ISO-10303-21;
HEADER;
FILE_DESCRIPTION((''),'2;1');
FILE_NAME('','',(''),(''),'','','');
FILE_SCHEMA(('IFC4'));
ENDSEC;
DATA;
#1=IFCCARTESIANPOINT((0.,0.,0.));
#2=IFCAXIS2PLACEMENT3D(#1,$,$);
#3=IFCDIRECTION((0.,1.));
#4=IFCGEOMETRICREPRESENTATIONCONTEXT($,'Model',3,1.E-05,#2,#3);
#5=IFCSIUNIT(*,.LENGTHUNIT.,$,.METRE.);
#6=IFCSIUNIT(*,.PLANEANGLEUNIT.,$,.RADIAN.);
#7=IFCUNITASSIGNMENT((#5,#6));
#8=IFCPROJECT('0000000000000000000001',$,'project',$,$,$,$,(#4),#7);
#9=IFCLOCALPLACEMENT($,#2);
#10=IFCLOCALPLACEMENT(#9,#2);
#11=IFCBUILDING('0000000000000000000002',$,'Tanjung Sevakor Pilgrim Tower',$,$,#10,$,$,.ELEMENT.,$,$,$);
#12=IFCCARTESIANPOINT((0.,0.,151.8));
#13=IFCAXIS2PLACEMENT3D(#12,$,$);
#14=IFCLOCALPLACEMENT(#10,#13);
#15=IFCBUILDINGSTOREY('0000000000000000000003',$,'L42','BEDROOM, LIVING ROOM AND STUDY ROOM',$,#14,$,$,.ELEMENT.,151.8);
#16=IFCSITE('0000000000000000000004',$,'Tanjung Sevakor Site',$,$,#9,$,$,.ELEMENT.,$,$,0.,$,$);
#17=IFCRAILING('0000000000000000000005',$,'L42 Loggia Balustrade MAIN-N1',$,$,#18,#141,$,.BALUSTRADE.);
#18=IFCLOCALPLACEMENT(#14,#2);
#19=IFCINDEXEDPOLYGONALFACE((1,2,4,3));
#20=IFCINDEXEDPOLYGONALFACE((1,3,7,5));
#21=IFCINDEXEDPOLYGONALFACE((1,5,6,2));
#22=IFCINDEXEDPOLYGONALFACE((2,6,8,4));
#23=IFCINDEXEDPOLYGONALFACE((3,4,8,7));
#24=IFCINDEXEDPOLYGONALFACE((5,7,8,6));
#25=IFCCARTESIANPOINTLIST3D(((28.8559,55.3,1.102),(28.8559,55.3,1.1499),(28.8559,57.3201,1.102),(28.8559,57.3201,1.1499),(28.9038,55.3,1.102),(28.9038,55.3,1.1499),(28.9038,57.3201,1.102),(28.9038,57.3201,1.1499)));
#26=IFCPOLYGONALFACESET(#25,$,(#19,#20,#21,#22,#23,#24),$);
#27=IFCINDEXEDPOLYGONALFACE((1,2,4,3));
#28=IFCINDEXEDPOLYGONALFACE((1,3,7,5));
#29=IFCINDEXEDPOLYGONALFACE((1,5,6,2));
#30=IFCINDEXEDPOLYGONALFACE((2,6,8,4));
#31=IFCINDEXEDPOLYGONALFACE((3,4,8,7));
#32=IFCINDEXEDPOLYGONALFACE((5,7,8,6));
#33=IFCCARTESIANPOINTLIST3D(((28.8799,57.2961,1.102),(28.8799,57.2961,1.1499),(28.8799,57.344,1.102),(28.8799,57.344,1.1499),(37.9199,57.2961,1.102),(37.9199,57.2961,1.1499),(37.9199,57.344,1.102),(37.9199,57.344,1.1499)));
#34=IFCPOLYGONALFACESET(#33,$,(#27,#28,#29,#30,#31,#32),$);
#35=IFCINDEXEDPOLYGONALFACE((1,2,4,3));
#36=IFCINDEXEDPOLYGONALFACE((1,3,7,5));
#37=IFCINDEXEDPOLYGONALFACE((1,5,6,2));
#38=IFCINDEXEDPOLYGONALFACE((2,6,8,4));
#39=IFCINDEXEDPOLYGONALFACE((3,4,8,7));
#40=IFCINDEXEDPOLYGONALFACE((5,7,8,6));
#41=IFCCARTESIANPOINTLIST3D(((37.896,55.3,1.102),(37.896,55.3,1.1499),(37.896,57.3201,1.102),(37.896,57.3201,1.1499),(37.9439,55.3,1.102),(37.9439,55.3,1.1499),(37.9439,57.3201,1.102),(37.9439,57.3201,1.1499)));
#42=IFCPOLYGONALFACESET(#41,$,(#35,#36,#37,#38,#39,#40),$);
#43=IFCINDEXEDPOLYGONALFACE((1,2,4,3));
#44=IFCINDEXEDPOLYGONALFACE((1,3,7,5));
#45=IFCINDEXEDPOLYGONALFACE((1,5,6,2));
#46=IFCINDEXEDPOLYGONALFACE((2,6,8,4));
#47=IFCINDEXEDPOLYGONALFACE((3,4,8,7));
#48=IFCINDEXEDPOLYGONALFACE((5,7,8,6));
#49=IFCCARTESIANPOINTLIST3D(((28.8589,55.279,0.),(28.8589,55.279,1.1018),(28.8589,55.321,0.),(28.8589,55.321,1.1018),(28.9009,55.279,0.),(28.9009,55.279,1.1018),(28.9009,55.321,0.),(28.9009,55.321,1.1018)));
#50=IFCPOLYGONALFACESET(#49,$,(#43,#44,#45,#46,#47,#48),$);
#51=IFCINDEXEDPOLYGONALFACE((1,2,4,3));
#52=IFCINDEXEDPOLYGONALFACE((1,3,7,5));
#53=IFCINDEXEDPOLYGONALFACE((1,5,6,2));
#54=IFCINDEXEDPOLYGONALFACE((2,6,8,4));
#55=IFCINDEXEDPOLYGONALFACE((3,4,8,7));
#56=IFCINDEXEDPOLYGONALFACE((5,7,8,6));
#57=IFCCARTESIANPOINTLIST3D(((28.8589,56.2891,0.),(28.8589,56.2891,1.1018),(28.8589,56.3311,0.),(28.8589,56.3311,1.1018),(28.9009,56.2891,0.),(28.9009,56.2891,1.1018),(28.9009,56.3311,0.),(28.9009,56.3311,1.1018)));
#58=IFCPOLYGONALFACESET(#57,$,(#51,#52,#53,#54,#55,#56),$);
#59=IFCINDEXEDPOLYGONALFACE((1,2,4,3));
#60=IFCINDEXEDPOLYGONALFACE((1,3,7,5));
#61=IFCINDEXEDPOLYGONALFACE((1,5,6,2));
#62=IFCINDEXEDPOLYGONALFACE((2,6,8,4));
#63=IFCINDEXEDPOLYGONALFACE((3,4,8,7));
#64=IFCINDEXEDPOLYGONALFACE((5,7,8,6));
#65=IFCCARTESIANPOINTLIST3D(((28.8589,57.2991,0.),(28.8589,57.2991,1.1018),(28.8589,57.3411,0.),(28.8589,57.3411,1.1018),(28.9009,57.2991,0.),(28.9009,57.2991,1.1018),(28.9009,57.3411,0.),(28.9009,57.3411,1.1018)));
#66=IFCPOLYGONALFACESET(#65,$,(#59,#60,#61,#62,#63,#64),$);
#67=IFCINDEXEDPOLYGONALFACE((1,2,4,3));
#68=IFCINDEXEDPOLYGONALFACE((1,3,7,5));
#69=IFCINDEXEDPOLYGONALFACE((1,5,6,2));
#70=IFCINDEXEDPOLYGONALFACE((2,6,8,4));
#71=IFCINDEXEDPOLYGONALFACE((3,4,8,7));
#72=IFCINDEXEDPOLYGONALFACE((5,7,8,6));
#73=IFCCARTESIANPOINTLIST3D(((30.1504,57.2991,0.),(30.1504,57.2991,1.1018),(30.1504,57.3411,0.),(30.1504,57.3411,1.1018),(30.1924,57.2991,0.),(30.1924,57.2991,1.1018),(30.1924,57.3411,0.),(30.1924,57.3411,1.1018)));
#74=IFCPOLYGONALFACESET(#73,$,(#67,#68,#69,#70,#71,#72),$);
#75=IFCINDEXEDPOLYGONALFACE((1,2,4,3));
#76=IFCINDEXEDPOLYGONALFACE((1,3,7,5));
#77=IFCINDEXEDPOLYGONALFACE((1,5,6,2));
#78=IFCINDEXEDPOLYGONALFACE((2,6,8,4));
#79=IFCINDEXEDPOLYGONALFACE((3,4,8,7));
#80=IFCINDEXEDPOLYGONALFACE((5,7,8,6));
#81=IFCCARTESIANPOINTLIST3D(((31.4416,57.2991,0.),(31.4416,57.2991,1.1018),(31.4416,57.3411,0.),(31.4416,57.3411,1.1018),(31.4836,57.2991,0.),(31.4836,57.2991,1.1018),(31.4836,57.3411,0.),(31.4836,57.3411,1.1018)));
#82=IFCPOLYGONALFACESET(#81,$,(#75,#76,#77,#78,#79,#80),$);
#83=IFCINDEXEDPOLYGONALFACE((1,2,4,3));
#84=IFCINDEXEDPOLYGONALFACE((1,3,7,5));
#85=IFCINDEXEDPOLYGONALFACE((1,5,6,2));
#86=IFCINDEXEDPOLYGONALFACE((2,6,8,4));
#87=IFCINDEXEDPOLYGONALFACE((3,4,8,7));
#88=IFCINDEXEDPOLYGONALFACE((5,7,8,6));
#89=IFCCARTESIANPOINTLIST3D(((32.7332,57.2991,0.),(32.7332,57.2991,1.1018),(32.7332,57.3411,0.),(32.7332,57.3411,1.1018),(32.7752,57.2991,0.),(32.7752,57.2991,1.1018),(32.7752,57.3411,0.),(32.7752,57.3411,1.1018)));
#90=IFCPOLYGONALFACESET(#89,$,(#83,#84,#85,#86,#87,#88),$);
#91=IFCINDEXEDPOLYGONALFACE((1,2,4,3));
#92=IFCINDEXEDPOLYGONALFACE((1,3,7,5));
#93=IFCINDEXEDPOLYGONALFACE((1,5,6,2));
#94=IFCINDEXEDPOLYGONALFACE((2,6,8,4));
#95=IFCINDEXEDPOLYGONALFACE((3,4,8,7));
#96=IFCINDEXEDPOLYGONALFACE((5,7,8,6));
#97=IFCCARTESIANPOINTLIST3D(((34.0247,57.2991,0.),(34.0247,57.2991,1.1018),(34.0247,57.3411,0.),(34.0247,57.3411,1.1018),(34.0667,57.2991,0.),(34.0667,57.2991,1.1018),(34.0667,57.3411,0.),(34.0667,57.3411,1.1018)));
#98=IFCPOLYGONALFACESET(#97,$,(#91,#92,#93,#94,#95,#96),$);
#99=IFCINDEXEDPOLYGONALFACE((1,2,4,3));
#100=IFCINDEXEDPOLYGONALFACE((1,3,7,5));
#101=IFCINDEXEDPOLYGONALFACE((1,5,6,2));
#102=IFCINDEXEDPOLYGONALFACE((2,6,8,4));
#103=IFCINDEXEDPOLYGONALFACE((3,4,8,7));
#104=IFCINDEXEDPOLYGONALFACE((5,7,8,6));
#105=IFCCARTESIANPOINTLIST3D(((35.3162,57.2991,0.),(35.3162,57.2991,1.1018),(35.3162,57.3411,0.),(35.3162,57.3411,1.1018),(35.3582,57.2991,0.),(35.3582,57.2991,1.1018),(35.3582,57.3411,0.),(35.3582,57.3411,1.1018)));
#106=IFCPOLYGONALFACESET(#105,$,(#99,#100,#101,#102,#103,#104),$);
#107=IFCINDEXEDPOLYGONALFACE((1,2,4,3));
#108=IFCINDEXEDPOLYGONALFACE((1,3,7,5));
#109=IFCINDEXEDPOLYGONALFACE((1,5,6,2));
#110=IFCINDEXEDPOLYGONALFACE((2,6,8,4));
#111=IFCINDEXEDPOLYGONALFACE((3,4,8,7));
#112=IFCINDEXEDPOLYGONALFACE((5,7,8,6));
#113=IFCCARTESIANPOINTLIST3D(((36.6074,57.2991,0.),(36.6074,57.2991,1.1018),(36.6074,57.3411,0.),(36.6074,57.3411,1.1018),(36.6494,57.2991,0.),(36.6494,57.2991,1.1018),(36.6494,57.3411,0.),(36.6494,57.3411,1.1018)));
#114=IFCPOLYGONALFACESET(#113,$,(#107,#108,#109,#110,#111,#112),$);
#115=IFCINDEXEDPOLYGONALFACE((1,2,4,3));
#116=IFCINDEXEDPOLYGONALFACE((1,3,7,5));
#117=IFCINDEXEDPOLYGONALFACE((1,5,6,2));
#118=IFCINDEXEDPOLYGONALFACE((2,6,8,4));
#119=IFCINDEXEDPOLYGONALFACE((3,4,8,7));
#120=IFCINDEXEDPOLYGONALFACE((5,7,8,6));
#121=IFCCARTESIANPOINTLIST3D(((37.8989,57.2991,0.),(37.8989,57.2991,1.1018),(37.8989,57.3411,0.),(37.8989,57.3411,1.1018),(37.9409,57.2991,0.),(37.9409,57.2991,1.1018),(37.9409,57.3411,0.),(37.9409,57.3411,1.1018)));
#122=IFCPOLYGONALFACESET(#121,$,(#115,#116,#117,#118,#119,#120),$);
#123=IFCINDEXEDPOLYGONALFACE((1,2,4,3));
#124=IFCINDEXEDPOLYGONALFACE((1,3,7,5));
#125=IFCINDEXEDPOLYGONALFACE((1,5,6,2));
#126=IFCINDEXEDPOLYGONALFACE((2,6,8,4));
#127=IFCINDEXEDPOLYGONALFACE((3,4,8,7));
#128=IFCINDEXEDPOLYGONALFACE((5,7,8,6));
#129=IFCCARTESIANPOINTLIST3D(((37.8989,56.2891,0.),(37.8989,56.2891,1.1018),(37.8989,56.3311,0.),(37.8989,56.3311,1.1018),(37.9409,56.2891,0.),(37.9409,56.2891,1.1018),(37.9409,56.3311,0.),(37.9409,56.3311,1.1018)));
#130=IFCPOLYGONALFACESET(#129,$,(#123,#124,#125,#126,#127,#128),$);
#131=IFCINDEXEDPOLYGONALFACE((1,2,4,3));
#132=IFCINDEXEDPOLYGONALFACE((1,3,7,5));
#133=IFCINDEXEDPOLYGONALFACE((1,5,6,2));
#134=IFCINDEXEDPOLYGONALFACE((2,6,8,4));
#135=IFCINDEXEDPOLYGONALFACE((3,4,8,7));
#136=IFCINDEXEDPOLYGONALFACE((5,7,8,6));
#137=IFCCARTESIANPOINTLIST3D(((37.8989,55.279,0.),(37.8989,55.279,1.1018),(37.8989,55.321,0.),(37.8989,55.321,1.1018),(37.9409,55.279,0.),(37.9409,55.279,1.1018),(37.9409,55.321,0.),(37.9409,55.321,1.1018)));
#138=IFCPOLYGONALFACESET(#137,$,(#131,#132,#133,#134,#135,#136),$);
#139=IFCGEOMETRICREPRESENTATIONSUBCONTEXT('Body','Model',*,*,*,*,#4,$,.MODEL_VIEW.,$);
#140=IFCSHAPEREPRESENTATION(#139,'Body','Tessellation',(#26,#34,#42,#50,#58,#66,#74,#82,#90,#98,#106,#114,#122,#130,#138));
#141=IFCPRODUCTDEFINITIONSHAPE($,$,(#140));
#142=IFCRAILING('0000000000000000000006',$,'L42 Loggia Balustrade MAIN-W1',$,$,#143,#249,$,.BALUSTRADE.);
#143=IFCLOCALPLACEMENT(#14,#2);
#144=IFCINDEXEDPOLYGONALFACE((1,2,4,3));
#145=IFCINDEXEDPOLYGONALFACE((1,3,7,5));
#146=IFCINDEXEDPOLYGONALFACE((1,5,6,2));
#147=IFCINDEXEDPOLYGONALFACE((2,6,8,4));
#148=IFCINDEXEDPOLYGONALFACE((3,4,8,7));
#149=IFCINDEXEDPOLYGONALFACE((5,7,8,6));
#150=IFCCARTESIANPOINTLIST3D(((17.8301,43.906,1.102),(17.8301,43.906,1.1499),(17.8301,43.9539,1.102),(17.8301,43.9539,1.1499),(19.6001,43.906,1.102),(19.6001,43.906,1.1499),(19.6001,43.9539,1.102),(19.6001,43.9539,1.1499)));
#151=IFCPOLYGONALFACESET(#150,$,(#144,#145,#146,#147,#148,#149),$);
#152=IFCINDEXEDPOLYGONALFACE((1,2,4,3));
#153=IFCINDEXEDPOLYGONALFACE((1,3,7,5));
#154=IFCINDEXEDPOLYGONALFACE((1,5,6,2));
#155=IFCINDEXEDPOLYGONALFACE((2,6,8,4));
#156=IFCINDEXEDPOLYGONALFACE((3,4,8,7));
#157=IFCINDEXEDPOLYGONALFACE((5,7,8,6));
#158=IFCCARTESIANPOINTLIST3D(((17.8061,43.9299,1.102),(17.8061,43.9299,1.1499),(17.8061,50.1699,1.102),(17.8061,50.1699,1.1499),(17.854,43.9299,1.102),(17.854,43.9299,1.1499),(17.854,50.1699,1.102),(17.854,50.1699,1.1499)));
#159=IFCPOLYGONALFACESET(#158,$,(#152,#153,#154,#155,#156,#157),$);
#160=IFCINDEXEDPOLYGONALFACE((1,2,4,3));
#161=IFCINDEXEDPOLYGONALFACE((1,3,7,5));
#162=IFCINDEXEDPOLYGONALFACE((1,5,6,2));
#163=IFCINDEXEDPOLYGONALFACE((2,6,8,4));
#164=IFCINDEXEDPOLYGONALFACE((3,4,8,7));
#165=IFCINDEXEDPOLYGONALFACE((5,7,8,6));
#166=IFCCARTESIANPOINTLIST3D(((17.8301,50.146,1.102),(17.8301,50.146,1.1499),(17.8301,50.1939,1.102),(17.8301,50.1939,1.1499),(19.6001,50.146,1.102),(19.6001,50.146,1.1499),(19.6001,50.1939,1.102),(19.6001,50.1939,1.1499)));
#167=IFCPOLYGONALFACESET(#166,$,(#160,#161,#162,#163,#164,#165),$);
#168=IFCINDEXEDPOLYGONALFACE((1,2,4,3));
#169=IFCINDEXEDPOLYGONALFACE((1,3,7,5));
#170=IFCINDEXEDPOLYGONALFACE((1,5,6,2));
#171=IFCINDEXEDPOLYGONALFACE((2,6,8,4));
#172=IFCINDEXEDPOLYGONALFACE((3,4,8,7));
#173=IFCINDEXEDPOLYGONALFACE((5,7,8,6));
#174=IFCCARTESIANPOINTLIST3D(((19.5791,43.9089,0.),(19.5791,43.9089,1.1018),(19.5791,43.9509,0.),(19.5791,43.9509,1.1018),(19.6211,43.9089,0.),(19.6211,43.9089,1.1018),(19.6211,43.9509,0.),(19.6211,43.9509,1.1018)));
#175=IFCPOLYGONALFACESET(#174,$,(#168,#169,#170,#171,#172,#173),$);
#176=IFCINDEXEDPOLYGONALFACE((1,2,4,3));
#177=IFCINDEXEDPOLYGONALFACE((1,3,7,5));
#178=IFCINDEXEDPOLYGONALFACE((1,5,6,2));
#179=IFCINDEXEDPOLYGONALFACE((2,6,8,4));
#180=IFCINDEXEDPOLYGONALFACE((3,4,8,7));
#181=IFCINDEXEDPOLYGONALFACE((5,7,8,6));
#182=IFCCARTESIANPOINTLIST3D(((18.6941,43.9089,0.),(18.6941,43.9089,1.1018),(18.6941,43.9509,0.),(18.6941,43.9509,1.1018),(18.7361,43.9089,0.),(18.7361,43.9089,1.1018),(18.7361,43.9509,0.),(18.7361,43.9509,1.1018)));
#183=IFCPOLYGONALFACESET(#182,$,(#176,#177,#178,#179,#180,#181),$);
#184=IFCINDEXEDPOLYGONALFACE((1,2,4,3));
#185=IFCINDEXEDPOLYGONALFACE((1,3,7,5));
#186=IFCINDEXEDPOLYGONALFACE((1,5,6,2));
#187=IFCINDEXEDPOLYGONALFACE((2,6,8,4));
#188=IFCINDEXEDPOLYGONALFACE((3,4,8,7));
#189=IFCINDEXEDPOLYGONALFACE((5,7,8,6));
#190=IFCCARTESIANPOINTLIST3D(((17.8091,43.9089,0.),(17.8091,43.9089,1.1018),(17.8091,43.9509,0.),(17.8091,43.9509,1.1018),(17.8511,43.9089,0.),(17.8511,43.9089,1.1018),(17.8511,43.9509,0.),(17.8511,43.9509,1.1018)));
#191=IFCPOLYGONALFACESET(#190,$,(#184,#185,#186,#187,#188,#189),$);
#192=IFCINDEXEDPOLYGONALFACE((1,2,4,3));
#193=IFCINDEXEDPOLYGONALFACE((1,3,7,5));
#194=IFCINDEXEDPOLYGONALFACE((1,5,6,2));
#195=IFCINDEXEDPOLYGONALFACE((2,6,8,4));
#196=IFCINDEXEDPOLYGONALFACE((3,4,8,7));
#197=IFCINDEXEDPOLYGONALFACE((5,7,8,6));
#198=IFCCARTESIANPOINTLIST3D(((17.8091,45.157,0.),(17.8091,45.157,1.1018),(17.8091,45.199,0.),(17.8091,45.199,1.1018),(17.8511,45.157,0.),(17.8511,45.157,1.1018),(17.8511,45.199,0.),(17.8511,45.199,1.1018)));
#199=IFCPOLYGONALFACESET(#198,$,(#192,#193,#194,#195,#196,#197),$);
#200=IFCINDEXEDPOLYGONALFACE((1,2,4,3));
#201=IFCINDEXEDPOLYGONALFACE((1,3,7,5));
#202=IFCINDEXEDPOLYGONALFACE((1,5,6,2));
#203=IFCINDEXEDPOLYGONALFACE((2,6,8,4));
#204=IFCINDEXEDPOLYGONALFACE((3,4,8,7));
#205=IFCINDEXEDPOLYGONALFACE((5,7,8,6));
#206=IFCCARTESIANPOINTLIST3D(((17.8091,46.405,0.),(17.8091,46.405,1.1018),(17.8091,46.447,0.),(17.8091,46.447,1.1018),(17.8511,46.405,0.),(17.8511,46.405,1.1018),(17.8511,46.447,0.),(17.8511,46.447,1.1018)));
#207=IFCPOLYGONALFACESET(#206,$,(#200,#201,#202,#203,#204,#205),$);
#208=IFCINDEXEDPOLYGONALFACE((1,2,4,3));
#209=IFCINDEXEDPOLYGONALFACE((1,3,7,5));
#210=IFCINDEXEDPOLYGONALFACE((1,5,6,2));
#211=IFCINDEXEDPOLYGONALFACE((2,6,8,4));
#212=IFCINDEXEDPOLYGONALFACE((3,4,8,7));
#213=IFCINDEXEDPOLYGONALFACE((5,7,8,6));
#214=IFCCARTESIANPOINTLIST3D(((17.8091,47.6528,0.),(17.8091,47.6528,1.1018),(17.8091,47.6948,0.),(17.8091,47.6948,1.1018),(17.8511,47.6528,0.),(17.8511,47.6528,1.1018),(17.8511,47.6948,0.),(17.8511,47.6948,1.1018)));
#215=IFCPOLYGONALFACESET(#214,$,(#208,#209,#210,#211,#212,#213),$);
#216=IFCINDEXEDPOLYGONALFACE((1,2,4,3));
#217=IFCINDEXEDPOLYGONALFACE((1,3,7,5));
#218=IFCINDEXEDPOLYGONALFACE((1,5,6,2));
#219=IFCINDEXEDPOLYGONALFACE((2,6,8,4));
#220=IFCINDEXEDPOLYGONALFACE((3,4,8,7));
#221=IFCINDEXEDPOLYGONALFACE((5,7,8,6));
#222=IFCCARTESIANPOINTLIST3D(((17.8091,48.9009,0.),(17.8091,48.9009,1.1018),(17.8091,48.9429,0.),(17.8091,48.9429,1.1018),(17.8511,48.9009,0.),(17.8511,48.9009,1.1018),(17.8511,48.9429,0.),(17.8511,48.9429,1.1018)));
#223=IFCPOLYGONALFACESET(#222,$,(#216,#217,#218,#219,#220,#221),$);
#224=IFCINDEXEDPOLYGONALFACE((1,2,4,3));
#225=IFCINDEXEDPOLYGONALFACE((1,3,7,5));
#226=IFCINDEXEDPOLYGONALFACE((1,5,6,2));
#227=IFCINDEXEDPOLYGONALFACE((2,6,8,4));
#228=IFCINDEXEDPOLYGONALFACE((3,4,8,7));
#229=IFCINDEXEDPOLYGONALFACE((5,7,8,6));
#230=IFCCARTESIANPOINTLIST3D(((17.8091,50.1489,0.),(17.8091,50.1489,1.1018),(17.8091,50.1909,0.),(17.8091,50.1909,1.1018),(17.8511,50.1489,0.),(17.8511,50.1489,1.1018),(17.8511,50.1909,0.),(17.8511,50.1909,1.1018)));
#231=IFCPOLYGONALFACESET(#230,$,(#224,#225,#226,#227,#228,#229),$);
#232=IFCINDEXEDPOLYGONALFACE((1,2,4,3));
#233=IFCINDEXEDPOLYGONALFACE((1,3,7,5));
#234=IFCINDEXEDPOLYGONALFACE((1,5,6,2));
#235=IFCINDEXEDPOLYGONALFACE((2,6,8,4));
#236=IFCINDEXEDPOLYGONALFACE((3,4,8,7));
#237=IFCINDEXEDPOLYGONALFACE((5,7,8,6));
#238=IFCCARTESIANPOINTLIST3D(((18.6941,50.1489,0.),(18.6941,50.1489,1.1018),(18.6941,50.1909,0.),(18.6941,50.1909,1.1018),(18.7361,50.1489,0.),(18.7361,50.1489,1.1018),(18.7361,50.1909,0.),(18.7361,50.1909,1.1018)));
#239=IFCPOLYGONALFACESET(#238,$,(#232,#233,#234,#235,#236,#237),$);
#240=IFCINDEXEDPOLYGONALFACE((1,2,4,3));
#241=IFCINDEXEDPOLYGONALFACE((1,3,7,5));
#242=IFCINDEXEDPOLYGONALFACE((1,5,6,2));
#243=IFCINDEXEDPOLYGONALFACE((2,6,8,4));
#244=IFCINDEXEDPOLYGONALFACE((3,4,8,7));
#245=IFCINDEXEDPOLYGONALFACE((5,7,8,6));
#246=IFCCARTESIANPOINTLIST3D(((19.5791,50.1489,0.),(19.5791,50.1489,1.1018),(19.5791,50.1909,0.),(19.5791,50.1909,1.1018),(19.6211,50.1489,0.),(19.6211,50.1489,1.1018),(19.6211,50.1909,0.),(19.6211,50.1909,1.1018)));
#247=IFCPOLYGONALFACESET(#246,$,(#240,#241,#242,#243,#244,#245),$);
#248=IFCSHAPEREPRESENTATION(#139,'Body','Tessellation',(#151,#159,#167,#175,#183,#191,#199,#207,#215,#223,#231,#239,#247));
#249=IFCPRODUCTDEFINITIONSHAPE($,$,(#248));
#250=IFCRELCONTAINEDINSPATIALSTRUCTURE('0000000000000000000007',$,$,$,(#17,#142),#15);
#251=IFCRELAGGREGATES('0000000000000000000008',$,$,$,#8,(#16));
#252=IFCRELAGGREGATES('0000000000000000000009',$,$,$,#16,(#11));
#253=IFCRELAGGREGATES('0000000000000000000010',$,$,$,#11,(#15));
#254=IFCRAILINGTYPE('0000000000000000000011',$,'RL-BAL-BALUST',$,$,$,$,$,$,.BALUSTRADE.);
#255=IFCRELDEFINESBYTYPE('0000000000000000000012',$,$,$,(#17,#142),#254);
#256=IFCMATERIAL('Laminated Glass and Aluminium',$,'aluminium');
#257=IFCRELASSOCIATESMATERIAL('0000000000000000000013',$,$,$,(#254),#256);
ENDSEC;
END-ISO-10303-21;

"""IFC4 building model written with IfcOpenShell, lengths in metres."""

from ifc_helpers import new_model, si_unit, direction, frame, origin, place, context, subcontext, project, spatial, rectangle, extrude, material, type_object, element, save


model = new_model("IFC4")

# Units and contexts
model_context = context("Model", 3, precision=1e-05, world=origin(), true_north=direction((0.0, 1.0)))
body_context = subcontext(model_context, "Body", "Model", "MODEL_VIEW")
ifc_project = project(units=[si_unit("LENGTHUNIT", "METRE"), si_unit("PLANEANGLEUNIT", "RADIAN")], contexts=[model_context])

# Site, building, storey
site_placement = place(None, origin())
site = spatial("IfcSite", under=ifc_project, at=site_placement, Name="Tanjung Sevakor Site", CompositionType="ELEMENT", RefElevation=0.0)
building_placement = place(site_placement, origin())
building = spatial("IfcBuilding", under=site, at=building_placement, Name="Tanjung Sevakor Pilgrim Tower", CompositionType="ELEMENT")
storey_placement = place(building_placement, frame((0.0, 0.0, 151.8)))
storey = spatial("IfcBuildingStorey", under=building, at=storey_placement, Name="L42", Description="BEDROOM, LIVING ROOM AND STUDY ROOM", CompositionType="ELEMENT", Elevation=151.8)

# Railings
ifc_material_1 = material(Name="Laminated Glass and Aluminium", Category="aluminium")
railing_type_1 = type_object("IfcRailingType", Name="RL-BAL-BALUST", PredefinedType="BALUSTRADE", material=ifc_material_1)
railing_1_placement = place(storey_placement, frame((28.8799, 55.3, 0.0)))
element("IfcRailing", 1, at=railing_1_placement, inside=storey, type_object=railing_type_1, Name="L42 Loggia Balustrade MAIN-N1", PredefinedType="BALUSTRADE", context=body_context, shape_type="SweptSolid", body=[
    extrude(rectangle(XDim=0.0479, YDim=0.0479), frame((0.0, 0.0, 1.126), z_axis=(0.0, 1.0, 0.0), x_axis=(-1.0, 0.0, 0.0)), (0.0, 0.0, 1.0), 2.02),
    extrude(rectangle(XDim=0.0479, YDim=0.0479), frame((0.0, 2.02, 1.126), z_axis=(1.0, 0.0, 0.0), x_axis=(0.0, 1.0, 0.0)), (0.0, 0.0, 1.0), 9.04),
    extrude(rectangle(XDim=0.0479, YDim=0.0479), frame((9.04, 2.02, 1.126), z_axis=(0.0, -1.0, 0.0), x_axis=(1.0, 0.0, 0.0)), (0.0, 0.0, 1.0), 2.02),
    extrude(rectangle(XDim=0.042, YDim=0.042), origin(), (0.0, 0.0, 1.0), 1.1018),
    extrude(rectangle(XDim=0.042, YDim=0.042), frame((0.0, 1.01, 0.0)), (0.0, 0.0, 1.0), 1.1018),
    extrude(rectangle(XDim=0.042, YDim=0.042), frame((0.0, 2.02, 0.0)), (0.0, 0.0, 1.0), 1.1018),
    extrude(rectangle(XDim=0.042, YDim=0.042), frame((1.2915, 2.02, 0.0)), (0.0, 0.0, 1.0), 1.1018),
    extrude(rectangle(XDim=0.042, YDim=0.042), frame((2.5828, 2.02, 0.0)), (0.0, 0.0, 1.0), 1.1018),
    extrude(rectangle(XDim=0.042, YDim=0.042), frame((3.8743, 2.02, 0.0)), (0.0, 0.0, 1.0), 1.1018),
    extrude(rectangle(XDim=0.042, YDim=0.042), frame((5.1658, 2.02, 0.0)), (0.0, 0.0, 1.0), 1.1018),
    extrude(rectangle(XDim=0.042, YDim=0.042), frame((6.4573, 2.02, 0.0)), (0.0, 0.0, 1.0), 1.1018),
    extrude(rectangle(XDim=0.042, YDim=0.042), frame((7.7485, 2.02, 0.0)), (0.0, 0.0, 1.0), 1.1018),
    extrude(rectangle(XDim=0.042, YDim=0.042), frame((9.04, 2.02, 0.0)), (0.0, 0.0, 1.0), 1.1018),
    extrude(rectangle(XDim=0.042, YDim=0.042), frame((9.04, 1.01, 0.0)), (0.0, 0.0, 1.0), 1.1018),
    extrude(rectangle(XDim=0.042, YDim=0.042), frame((9.04, 0.0, 0.0)), (0.0, 0.0, 1.0), 1.1018),
])
railing_2_placement = place(storey_placement, frame((19.6001, 43.9299, 0.0)))
element("IfcRailing", 2, at=railing_2_placement, inside=storey, type_object=railing_type_1, Name="L42 Loggia Balustrade MAIN-W1", PredefinedType="BALUSTRADE", context=body_context, shape_type="SweptSolid", body=[
    extrude(rectangle(XDim=0.0479, YDim=0.0479), frame((0.0, 0.0, 1.126), z_axis=(-1.0, 0.0, 0.0), x_axis=(0.0, -1.0, 0.0)), (0.0, 0.0, 1.0), 1.77),
    extrude(rectangle(XDim=0.0479, YDim=0.0479), frame((-1.77, 0.0, 1.126), z_axis=(0.0, 1.0, 0.0), x_axis=(-1.0, 0.0, 0.0)), (0.0, 0.0, 1.0), 6.24),
    extrude(rectangle(XDim=0.0479, YDim=0.0479), frame((-1.77, 6.24, 1.126), z_axis=(1.0, 0.0, 0.0), x_axis=(0.0, 1.0, 0.0)), (0.0, 0.0, 1.0), 1.77),
    extrude(rectangle(XDim=0.042, YDim=0.042), origin(), (0.0, 0.0, 1.0), 1.1018),
    extrude(rectangle(XDim=0.042, YDim=0.042), frame((-0.885, 0.0, 0.0)), (0.0, 0.0, 1.0), 1.1018),
    extrude(rectangle(XDim=0.042, YDim=0.042), frame((-1.77, 0.0, 0.0)), (0.0, 0.0, 1.0), 1.1018),
    extrude(rectangle(XDim=0.042, YDim=0.042), frame((-1.77, 1.248, 0.0)), (0.0, 0.0, 1.0), 1.1018),
    extrude(rectangle(XDim=0.042, YDim=0.042), frame((-1.77, 2.4961, 0.0)), (0.0, 0.0, 1.0), 1.1018),
    extrude(rectangle(XDim=0.042, YDim=0.042), frame((-1.77, 3.7439, 0.0)), (0.0, 0.0, 1.0), 1.1018),
    extrude(rectangle(XDim=0.042, YDim=0.042), frame((-1.77, 4.9919, 0.0)), (0.0, 0.0, 1.0), 1.1018),
    extrude(rectangle(XDim=0.042, YDim=0.042), frame((-1.77, 6.24, 0.0)), (0.0, 0.0, 1.0), 1.1018),
    extrude(rectangle(XDim=0.042, YDim=0.042), frame((-0.885, 6.24, 0.0)), (0.0, 0.0, 1.0), 1.1018),
    extrude(rectangle(XDim=0.042, YDim=0.042), frame((0.0, 6.24, 0.0)), (0.0, 0.0, 1.0), 1.1018),
])

save(model, "model.ifc")
